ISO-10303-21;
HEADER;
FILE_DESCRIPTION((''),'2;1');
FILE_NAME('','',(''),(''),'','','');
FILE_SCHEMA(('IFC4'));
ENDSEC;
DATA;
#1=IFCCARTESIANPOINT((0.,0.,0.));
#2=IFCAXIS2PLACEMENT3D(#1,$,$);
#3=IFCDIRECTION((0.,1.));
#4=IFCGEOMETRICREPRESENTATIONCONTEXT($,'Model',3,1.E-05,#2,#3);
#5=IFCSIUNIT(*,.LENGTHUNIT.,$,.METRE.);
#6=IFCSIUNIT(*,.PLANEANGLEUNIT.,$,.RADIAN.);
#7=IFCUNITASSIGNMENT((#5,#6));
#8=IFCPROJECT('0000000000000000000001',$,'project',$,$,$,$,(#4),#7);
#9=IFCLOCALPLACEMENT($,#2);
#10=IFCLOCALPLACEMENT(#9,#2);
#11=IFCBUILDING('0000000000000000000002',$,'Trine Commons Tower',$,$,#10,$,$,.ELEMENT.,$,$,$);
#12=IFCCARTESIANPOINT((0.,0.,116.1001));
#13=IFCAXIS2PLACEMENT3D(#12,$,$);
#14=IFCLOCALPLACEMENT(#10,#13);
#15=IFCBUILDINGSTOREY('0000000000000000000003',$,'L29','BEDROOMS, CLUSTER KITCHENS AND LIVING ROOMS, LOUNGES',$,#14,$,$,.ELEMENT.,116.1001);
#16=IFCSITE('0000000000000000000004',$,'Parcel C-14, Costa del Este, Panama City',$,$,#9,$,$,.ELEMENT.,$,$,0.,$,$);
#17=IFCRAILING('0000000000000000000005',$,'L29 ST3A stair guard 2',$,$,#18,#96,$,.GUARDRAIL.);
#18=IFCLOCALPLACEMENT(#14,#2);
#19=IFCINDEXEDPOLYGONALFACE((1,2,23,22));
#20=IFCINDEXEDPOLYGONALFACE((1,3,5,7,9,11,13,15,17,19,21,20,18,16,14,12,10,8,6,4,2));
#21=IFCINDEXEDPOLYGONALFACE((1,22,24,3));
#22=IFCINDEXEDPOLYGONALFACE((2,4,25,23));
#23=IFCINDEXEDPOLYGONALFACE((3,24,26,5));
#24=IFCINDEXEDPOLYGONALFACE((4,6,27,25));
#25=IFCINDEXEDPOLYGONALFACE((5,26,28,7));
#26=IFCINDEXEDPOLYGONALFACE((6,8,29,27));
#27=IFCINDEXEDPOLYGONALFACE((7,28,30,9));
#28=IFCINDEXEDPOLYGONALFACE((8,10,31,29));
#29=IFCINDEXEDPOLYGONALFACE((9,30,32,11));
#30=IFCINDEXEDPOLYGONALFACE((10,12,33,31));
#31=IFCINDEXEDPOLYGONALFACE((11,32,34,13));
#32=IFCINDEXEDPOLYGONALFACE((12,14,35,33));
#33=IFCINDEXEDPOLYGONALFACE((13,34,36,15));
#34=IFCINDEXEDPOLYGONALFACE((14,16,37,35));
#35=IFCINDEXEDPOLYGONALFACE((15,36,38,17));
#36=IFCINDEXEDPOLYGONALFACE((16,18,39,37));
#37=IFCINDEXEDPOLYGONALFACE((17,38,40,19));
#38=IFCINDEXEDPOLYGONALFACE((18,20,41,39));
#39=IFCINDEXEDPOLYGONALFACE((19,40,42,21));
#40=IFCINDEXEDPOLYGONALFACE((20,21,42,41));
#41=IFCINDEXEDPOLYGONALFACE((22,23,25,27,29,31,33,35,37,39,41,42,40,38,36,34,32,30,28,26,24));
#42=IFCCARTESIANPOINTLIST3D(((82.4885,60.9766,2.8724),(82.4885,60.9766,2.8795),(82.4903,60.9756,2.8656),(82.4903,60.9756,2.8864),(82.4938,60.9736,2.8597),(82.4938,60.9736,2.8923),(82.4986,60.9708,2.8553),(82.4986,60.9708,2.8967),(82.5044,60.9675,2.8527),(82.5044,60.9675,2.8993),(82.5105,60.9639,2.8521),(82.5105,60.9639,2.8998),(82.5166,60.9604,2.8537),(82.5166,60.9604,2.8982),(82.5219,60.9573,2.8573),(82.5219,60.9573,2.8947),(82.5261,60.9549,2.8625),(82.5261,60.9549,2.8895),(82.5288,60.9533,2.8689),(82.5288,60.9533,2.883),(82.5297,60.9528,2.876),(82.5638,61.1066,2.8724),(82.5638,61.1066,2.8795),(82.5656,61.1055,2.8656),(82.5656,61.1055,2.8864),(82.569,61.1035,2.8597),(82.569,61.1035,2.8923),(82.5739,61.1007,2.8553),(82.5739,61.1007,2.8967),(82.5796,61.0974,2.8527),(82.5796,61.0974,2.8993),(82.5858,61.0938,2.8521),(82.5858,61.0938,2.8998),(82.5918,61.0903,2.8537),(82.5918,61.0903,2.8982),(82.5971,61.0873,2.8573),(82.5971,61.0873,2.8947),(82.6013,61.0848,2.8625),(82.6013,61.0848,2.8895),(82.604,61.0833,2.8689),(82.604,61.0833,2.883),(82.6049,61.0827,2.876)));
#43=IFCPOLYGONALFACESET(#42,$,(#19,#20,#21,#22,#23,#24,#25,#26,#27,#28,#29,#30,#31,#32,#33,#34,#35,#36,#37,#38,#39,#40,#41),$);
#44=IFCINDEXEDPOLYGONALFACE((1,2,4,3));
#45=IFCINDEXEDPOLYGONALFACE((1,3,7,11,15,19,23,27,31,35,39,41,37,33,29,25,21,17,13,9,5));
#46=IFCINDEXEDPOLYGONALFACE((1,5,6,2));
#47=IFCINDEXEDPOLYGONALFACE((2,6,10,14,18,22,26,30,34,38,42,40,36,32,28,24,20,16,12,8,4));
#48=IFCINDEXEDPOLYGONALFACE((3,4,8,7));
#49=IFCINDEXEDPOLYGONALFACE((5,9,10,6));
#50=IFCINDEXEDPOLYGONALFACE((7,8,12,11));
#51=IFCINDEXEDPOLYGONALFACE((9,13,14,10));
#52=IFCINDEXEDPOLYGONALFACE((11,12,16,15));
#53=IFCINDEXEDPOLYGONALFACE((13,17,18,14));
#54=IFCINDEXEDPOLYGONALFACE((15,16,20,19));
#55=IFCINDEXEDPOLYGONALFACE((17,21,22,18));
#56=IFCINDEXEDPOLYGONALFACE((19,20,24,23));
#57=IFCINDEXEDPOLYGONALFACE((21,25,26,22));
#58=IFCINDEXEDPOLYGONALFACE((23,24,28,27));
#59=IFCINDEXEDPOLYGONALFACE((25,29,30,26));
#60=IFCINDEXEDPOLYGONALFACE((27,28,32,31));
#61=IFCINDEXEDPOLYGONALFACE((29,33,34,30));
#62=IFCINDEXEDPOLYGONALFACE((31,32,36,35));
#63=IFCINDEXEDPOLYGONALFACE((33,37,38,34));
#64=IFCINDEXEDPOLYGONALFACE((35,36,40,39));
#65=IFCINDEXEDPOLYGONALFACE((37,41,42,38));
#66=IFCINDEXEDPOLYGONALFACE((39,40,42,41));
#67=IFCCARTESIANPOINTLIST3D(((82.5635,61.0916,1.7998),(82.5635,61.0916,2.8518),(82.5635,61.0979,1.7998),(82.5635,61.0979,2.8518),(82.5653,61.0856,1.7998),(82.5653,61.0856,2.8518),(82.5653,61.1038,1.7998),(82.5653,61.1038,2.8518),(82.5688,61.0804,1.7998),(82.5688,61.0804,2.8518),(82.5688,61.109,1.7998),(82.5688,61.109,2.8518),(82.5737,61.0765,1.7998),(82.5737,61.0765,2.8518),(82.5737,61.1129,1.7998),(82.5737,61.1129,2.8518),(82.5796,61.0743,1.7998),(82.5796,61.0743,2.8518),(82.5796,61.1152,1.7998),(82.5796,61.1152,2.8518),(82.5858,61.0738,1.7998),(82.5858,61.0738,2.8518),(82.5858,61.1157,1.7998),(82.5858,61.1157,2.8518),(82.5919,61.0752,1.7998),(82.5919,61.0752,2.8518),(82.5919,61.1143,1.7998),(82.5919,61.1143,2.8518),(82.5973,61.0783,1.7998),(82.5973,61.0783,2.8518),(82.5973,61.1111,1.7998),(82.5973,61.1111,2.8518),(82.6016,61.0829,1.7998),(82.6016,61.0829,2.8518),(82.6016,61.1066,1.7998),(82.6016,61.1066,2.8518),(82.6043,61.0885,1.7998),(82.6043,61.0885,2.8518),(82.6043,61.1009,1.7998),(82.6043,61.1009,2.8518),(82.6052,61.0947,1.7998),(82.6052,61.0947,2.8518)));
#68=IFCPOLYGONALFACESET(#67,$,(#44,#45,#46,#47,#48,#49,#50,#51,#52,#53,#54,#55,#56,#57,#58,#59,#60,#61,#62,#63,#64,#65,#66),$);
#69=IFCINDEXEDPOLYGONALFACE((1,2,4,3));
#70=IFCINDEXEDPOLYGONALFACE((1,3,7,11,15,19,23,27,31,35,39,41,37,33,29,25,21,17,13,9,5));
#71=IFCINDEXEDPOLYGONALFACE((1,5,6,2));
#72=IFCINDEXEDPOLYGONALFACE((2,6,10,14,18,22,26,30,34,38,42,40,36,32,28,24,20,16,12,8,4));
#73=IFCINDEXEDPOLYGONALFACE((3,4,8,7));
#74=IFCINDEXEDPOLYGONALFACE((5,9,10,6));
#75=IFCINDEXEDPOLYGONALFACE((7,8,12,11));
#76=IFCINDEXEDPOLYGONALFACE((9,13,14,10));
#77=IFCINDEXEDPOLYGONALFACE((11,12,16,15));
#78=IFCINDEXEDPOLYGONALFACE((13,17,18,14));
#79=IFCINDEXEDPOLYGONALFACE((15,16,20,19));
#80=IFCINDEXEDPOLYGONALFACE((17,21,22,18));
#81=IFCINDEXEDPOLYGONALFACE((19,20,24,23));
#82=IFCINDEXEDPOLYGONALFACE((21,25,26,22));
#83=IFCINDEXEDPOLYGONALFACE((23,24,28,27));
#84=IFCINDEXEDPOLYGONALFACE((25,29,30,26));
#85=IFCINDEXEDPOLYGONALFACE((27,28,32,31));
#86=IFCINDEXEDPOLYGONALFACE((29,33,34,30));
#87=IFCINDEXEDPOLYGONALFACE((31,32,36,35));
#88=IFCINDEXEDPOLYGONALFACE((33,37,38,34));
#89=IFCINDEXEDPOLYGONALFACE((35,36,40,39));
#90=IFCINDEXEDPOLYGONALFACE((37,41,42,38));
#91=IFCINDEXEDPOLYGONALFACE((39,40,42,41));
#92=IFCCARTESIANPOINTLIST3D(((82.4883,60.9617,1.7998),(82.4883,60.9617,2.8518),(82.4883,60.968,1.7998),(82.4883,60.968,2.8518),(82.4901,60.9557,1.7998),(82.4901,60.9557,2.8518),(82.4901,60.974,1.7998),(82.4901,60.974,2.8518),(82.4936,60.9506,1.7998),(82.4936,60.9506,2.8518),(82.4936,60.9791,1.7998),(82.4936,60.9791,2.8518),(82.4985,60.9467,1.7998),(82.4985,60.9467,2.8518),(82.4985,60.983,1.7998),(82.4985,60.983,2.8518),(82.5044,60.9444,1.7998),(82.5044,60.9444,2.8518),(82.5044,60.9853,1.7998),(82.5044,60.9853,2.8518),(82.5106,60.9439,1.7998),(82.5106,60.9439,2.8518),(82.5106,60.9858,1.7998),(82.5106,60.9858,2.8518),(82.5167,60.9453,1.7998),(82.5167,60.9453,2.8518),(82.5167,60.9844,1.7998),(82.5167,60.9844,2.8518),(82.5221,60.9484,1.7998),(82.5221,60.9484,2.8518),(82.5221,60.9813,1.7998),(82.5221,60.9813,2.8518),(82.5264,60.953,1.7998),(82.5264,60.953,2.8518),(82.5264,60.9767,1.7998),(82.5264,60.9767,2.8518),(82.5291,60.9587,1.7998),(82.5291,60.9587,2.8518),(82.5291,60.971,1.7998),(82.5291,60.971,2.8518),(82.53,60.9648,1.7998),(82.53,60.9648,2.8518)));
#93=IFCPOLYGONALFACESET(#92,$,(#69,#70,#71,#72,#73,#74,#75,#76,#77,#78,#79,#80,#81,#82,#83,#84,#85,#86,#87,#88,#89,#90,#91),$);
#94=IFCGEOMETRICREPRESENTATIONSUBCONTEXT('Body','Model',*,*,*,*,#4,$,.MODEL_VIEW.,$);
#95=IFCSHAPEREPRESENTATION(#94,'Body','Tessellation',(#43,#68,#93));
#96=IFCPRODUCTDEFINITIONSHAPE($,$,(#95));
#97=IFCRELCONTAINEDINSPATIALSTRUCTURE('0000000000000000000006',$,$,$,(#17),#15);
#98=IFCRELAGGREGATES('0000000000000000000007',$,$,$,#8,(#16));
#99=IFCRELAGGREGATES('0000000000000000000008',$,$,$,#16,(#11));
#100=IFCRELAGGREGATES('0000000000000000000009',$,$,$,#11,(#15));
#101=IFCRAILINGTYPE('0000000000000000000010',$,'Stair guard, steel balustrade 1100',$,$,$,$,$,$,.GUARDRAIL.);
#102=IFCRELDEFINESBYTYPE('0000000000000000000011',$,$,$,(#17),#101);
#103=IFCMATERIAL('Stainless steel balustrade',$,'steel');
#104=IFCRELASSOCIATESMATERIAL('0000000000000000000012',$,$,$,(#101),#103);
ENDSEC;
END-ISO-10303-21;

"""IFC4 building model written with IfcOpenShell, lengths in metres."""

from ifc_helpers import new_model, si_unit, direction, frame, origin, origin_2d, place, context, subcontext, project, spatial, circle, extrude, material, type_object, element, save


model = new_model("IFC4")

# Units and contexts
model_context = context("Model", 3, precision=1e-05, world=origin(), true_north=direction((0.0, 1.0)))
body_context = subcontext(model_context, "Body", "Model", "MODEL_VIEW")
ifc_project = project(units=[si_unit("LENGTHUNIT", "METRE"), si_unit("PLANEANGLEUNIT", "RADIAN")], contexts=[model_context])

# Site, building, storey
site_placement = place(None, origin())
site = spatial("IfcSite", under=ifc_project, at=site_placement, Name="Parcel C-14, Costa del Este, Panama City", CompositionType="ELEMENT", RefElevation=0.0)
building_placement = place(site_placement, origin())
building = spatial("IfcBuilding", under=site, at=building_placement, Name="Trine Commons Tower", CompositionType="ELEMENT")
storey_placement = place(building_placement, frame((0.0, 0.0, 116.1001)))
storey = spatial("IfcBuildingStorey", under=building, at=storey_placement, Name="L29", Description="BEDROOMS, CLUSTER KITCHENS AND LIVING ROOMS, LOUNGES", CompositionType="ELEMENT", Elevation=116.1001)

# Railing
ifc_material_1 = material(Name="Stainless steel balustrade", Category="steel")
railing_type_1 = type_object("IfcRailingType", Name="Stair guard, steel balustrade 1100", PredefinedType="GUARDRAIL", material=ifc_material_1)
railing_1_placement = place(storey_placement, frame((82.5842, 61.0947, 1.7998)))
element("IfcRailing", 1, at=railing_1_placement, inside=storey, type_object=railing_type_1, Name="L29 ST3A stair guard 2", PredefinedType="GUARDRAIL", context=body_context, shape_type="SweptSolid", body=[
    extrude(circle(Radius=0.0239, at=origin_2d()), frame((0.0, 0.0, 1.0762), z_axis=(-0.501036, -0.865426, 0.0), x_axis=(0.865426, -0.501036, 0.0)), (0.0, 0.0, 1.0), 0.1501),
    extrude(circle(Radius=0.021, at=origin_2d()), origin(), (0.0, 0.0, 1.0), 1.052),
    extrude(circle(Radius=0.021, at=origin_2d()), frame((-0.0752, -0.1299, 0.0)), (0.0, 0.0, 1.0), 1.052),
])

save(model, "model.ifc")
